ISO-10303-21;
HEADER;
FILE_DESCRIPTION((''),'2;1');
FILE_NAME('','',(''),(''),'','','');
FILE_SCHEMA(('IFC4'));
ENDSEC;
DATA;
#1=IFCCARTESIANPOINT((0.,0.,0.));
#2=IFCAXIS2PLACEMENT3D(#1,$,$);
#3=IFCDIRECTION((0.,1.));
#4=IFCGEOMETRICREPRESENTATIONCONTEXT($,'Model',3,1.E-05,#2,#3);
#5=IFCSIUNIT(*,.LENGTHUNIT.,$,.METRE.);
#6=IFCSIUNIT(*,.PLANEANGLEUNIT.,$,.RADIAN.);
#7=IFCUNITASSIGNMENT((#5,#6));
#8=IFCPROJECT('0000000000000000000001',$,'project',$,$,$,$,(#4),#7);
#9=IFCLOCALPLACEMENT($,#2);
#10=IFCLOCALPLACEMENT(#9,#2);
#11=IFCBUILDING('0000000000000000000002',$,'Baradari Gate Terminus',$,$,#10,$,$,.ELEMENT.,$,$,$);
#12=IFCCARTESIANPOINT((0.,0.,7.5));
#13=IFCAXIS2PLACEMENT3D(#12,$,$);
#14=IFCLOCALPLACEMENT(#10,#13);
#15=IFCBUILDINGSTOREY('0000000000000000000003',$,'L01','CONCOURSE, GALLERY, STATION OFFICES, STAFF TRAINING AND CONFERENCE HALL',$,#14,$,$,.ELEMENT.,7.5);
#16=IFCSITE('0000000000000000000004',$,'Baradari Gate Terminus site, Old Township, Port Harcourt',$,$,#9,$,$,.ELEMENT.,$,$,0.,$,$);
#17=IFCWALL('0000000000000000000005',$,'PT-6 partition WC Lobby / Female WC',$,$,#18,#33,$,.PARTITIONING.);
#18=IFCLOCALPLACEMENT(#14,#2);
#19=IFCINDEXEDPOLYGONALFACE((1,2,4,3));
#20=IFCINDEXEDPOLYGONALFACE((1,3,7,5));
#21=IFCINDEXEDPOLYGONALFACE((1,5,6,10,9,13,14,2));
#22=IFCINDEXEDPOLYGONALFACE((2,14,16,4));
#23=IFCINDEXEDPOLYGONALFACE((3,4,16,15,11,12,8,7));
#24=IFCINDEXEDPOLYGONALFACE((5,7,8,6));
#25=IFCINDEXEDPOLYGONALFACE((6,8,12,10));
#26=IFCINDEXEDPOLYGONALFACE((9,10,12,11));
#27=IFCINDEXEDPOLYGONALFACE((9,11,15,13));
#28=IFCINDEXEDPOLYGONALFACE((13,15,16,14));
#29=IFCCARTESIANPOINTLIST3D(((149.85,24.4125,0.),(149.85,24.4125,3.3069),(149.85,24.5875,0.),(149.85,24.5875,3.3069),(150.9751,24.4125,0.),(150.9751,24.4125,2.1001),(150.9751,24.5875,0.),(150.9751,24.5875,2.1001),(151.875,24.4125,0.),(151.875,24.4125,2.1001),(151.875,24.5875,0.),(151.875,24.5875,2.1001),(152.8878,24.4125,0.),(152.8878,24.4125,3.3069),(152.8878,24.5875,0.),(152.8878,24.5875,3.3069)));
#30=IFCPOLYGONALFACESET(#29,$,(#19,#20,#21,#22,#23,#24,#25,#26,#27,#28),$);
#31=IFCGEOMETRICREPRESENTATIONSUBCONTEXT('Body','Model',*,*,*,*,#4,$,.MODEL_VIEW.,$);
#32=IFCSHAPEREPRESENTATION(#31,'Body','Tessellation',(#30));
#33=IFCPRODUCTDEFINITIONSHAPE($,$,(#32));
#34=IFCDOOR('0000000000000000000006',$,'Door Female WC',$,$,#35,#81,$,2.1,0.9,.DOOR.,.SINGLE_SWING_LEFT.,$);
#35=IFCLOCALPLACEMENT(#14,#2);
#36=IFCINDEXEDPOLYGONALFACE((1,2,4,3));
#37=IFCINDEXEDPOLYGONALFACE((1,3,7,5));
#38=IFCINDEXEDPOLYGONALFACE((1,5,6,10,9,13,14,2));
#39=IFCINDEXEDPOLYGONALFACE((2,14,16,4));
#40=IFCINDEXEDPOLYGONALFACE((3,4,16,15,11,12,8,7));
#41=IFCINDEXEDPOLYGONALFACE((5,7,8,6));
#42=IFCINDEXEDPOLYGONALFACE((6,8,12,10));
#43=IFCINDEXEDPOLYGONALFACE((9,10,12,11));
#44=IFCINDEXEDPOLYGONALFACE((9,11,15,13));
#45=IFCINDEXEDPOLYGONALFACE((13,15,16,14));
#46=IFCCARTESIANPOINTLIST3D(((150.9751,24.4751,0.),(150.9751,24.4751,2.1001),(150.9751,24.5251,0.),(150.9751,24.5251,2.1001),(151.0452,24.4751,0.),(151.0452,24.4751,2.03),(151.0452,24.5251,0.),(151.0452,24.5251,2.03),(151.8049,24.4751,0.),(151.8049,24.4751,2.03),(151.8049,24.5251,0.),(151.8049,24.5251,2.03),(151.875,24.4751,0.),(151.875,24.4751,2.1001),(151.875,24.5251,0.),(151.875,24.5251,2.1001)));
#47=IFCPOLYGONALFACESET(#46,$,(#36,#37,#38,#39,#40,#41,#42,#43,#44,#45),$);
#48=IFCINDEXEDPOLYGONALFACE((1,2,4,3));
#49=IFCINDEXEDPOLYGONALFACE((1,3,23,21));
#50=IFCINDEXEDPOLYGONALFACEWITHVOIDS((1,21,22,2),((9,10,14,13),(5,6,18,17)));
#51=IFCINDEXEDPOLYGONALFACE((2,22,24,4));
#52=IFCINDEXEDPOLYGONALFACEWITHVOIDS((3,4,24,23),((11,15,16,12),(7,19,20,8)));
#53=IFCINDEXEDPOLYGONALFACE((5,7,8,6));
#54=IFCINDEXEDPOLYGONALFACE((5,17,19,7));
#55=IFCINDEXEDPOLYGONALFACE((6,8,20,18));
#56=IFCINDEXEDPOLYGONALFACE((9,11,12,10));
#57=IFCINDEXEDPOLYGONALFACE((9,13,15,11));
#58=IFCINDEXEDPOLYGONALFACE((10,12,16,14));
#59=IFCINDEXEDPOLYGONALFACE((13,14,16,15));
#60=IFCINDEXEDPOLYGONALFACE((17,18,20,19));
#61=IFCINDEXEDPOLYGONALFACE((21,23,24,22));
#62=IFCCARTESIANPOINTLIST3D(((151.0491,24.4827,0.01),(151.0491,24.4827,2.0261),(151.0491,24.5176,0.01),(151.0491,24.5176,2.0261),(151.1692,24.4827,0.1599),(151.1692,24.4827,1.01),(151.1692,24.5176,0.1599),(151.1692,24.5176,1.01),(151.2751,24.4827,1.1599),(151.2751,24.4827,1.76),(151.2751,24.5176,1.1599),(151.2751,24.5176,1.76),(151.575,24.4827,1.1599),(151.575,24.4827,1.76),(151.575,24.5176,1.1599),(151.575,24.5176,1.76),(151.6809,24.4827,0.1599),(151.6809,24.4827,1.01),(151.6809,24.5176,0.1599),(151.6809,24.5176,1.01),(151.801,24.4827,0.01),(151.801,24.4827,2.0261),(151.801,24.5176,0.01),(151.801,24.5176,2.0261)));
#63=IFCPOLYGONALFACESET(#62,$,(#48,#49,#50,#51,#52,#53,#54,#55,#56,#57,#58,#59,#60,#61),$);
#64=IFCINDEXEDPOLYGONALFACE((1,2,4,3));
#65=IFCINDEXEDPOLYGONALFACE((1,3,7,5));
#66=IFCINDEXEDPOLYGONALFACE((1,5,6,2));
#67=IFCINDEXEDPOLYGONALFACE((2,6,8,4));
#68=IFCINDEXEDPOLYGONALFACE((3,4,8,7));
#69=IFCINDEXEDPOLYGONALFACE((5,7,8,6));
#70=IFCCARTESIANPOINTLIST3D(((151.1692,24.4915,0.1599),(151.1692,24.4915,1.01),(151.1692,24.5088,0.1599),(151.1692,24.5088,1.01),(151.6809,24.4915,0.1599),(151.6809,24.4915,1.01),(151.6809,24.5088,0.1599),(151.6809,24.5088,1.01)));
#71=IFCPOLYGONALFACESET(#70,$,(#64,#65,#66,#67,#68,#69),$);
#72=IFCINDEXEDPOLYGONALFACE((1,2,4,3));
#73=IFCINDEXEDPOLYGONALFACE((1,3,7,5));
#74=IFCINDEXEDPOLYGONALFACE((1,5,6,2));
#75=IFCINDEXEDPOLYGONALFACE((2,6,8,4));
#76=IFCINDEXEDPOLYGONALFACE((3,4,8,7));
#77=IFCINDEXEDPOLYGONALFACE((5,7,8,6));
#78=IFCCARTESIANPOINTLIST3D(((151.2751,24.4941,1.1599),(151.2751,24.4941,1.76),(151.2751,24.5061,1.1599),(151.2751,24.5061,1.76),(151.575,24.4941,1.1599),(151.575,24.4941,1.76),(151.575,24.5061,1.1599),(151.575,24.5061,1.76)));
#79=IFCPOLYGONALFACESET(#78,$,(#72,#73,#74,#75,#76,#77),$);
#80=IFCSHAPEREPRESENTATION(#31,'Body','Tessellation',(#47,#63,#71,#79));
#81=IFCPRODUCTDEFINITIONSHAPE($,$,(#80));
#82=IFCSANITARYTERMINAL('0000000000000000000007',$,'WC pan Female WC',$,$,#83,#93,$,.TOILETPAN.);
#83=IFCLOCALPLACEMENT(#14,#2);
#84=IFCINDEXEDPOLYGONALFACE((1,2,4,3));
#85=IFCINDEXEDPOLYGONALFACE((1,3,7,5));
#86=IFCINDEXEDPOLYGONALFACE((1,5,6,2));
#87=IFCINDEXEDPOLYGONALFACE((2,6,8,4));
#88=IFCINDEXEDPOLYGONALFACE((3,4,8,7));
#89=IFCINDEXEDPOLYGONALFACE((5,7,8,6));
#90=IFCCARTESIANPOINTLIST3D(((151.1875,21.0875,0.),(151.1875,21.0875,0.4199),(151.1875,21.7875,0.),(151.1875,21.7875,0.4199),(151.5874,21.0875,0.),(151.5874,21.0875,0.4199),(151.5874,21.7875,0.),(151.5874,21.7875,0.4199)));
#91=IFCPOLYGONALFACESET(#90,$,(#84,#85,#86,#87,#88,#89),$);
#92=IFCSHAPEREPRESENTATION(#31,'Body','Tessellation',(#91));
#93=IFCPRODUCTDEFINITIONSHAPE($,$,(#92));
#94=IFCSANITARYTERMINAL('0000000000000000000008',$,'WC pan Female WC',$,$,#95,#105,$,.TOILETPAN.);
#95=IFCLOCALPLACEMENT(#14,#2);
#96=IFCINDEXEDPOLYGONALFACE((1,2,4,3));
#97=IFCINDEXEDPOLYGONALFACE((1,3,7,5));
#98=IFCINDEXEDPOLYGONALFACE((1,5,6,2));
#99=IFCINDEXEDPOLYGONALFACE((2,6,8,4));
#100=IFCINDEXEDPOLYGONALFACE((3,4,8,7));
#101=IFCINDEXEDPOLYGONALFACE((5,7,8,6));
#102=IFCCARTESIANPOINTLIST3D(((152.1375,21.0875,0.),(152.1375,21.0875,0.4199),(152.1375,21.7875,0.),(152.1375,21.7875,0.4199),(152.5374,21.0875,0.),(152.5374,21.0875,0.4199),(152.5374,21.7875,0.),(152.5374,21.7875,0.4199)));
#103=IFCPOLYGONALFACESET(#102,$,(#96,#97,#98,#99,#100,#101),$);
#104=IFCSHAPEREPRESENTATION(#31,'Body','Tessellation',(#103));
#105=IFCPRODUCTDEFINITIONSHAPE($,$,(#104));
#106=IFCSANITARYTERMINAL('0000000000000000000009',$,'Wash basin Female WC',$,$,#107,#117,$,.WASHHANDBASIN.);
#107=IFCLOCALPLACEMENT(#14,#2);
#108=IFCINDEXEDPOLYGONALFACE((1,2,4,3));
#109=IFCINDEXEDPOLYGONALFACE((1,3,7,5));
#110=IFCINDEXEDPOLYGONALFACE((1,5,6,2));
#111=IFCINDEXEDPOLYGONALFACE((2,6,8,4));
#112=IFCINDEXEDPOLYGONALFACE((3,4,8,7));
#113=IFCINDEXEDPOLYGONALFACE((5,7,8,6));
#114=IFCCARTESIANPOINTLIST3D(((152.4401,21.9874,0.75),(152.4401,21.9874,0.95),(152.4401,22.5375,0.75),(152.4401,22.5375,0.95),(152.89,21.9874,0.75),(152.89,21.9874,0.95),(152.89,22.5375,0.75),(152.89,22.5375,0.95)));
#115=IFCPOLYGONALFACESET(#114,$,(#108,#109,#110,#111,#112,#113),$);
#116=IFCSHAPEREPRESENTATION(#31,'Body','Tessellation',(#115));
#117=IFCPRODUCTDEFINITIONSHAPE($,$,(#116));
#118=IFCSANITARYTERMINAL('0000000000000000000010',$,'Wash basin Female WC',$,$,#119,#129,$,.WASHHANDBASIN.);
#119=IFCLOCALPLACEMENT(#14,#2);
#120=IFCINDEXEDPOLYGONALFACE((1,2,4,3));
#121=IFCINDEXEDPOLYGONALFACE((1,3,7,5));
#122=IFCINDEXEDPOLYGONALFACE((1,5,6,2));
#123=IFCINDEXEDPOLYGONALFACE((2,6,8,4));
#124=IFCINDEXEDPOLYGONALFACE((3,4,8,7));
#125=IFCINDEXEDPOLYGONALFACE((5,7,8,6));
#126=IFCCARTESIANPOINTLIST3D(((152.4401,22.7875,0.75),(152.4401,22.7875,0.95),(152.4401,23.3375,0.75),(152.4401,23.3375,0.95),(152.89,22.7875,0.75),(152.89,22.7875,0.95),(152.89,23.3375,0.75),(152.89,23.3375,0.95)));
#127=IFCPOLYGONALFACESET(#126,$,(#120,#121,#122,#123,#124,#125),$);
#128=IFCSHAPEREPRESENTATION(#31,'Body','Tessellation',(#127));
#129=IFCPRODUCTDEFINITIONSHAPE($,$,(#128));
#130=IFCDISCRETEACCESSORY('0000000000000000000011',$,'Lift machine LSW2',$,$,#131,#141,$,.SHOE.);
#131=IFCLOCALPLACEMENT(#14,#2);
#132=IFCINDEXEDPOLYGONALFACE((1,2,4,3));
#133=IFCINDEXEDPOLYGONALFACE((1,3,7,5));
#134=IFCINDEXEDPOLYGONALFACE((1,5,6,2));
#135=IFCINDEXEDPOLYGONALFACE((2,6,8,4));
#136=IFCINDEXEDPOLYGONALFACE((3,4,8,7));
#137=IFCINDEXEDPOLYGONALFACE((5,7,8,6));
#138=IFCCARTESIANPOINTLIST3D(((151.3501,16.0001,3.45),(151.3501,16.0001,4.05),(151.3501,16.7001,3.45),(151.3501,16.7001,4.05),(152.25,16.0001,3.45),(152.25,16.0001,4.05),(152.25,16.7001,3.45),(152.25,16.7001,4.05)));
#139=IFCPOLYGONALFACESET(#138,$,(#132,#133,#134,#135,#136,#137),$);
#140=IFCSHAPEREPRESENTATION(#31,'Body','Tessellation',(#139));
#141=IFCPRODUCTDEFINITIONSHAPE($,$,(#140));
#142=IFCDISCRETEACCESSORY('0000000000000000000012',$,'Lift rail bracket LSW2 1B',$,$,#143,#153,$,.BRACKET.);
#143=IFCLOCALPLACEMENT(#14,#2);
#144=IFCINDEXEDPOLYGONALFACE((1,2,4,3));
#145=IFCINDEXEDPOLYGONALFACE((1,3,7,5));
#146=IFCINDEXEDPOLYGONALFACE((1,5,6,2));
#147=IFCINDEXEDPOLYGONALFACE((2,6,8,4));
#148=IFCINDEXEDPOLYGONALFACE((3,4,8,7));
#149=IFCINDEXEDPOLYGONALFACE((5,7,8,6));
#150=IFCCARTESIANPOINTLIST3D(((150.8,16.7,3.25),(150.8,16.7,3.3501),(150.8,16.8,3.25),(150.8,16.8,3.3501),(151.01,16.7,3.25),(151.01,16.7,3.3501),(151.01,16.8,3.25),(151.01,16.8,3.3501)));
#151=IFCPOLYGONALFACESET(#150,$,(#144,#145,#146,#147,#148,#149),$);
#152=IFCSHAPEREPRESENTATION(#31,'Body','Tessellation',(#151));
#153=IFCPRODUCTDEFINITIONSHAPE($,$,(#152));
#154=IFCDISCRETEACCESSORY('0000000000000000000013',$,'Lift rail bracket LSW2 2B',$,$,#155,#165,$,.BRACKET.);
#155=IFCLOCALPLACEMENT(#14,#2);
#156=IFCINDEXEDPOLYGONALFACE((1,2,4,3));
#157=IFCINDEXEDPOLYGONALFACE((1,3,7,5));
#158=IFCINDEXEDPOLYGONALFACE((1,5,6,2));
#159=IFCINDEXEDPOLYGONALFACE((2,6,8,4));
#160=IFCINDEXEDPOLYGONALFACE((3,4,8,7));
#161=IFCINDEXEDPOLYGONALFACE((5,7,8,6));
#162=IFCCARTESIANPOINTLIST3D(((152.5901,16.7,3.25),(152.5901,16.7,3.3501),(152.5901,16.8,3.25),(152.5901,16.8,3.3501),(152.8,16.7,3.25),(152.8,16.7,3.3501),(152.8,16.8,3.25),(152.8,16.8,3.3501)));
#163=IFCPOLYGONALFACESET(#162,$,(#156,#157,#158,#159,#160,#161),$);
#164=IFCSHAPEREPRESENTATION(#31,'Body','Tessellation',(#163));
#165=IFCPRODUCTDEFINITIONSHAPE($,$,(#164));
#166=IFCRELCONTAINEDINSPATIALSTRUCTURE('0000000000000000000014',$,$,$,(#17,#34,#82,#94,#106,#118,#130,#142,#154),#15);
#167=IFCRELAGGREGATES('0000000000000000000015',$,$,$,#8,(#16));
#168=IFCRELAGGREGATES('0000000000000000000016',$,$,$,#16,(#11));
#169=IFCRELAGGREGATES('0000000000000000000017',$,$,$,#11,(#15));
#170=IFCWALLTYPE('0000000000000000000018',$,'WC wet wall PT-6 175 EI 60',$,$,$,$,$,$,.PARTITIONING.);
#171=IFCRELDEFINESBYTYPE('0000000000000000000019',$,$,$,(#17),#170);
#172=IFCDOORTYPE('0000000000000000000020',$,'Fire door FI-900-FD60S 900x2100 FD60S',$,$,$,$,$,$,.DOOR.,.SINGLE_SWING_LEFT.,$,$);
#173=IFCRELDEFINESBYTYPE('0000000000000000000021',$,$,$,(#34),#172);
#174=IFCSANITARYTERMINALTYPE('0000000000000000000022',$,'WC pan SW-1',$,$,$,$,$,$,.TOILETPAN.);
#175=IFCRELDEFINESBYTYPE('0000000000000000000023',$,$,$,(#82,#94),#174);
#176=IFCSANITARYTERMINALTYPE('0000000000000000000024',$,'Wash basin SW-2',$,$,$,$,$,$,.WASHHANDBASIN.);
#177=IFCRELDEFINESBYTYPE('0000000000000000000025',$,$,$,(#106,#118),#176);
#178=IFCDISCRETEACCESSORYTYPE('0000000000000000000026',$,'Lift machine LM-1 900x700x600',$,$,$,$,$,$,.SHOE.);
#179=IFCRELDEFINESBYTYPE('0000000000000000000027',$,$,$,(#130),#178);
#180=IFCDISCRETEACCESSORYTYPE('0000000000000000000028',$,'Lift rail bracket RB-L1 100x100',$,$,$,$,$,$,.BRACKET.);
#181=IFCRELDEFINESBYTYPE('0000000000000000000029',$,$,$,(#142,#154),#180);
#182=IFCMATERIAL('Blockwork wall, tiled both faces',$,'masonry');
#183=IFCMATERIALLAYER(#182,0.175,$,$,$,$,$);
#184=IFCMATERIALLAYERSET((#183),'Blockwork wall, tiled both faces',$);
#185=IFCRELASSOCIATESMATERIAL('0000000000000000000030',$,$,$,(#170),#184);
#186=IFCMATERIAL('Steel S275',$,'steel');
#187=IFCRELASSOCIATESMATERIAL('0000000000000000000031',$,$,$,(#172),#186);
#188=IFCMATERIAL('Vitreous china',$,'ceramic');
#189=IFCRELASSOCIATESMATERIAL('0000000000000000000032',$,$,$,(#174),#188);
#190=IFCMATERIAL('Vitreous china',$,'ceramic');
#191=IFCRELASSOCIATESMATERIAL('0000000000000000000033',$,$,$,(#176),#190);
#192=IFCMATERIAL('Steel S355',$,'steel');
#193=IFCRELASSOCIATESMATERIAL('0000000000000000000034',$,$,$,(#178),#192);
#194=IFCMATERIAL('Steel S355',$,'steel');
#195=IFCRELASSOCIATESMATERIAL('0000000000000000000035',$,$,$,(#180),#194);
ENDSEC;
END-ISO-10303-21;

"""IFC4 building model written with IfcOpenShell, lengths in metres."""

from ifc_helpers import new_model, si_unit, direction, frame, frame_2d, origin, origin_2d, place, context, subcontext, project, spatial, polyline, rectangle, outline, extrude, material, layer, layer_set, type_object, element, fill, save


model = new_model("IFC4")

# Units and contexts
model_context = context("Model", 3, precision=1e-05, world=origin(), true_north=direction((0.0, 1.0)))
body_context = subcontext(model_context, "Body", "Model", "MODEL_VIEW")
ifc_project = project(units=[si_unit("LENGTHUNIT", "METRE"), si_unit("PLANEANGLEUNIT", "RADIAN")], contexts=[model_context])

# Site, building, storey
site_placement = place(None, origin())
site = spatial("IfcSite", under=ifc_project, at=site_placement, Name="Baradari Gate Terminus site, Old Township, Port Harcourt", CompositionType="ELEMENT", RefElevation=0.0)
building_placement = place(site_placement, origin())
building = spatial("IfcBuilding", under=site, at=building_placement, Name="Baradari Gate Terminus", CompositionType="ELEMENT")
storey_placement = place(building_placement, frame((0.0, 0.0, 7.5)))
storey = spatial("IfcBuildingStorey", under=building, at=storey_placement, Name="L01", Description="CONCOURSE, GALLERY, STATION OFFICES, STAFF TRAINING AND CONFERENCE HALL", CompositionType="ELEMENT", Elevation=7.5)

# Wall, opening, door
ifc_material_1 = material(Name="Blockwork wall, tiled both faces", Category="masonry")
ifc_layer_1 = layer(ifc_material_1, 0.175)
ifc_layer_set_1 = layer_set([ifc_layer_1], Name="Blockwork wall, tiled both faces")
wall_type_1 = type_object("IfcWallType", Name="WC wet wall PT-6 175 EI 60", PredefinedType="PARTITIONING", material=ifc_layer_set_1)
wall_1_placement = place(storey_placement, frame((152.8879, 24.5, 0.0), z_axis=(0.0, 0.0, 1.0), x_axis=(-1.0, 0.0, 0.0)))
wall_1 = element("IfcWall", 1, at=wall_1_placement, inside=storey, type_object=wall_type_1, Name="PT-6 partition WC Lobby / Female WC", PredefinedType="PARTITIONING", context=body_context, shape_type="SweptSolid", body=[
    extrude(rectangle(XDim=3.0378, YDim=0.175, at=frame_2d((1.519, 0.0))), origin(), (0.0, 0.0, 1.0), 3.3069),
])
opening_1_placement = place(wall_1_placement, frame((1.0129, 0.0, 0.0)))
opening_1 = element("IfcOpeningElement", 2, at=opening_1_placement, cuts=wall_1, PredefinedType="OPENING", context=body_context, shape_type="SweptSolid", body=[
    extrude(rectangle(XDim=0.8999, YDim=2.1001, at=frame_2d((0.45, 1.05))), frame((0.0, 0.0974, 0.0), z_axis=(0.0, -1.0, 0.0), x_axis=(1.0, 0.0, 0.0)), (0.0, 0.0, 1.0), 0.1951),
])
ifc_material_2 = material(Name="Steel S275", Category="steel")
door_type_1 = type_object("IfcDoorType", Name="Fire door FI-900-FD60S 900x2100 FD60S", OperationType="SINGLE_SWING_LEFT", PredefinedType="DOOR", material=ifc_material_2)
door_1_placement = place(opening_1_placement, origin())
door_1 = element("IfcDoor", 3, at=door_1_placement, inside=storey, type_object=door_type_1, Name="Door Female WC", OperationType="SINGLE_SWING_LEFT", OverallHeight=2.1, OverallWidth=0.9, PredefinedType="DOOR", context=body_context, shape_type="SweptSolid", body=[
    extrude(outline(polyline([(0.0, 0.0), (0.0701, 0.0), (0.0701, 2.03), (0.8298, 2.03), (0.8298, 0.0), (0.8999, 0.0), (0.8999, 2.1001), (0.0, 2.1001), (0.0, 0.0)])), frame((0.0, 0.0249, 0.0), z_axis=(0.0, -1.0, 0.0), x_axis=(1.0, 0.0, 0.0)), (0.0, 0.0, 1.0), 0.05),
    extrude(outline(polyline([(0.074, 0.01), (0.8259, 0.01), (0.8259, 2.0261), (0.074, 2.0261), (0.074, 0.01)]), holes=[polyline([(0.1941, 0.1599), (0.7058, 0.1599), (0.7058, 1.01), (0.1941, 1.01), (0.1941, 0.1599)]), polyline([(0.3, 1.1599), (0.5999, 1.1599), (0.5999, 1.76), (0.3, 1.76), (0.3, 1.1599)])]), frame((0.0, 0.0173, 0.0), z_axis=(0.0, -1.0, 0.0), x_axis=(1.0, 0.0, 0.0)), (0.0, 0.0, 1.0), 0.0349),
    extrude(rectangle(XDim=0.5117, YDim=0.8501, at=frame_2d((0.45, 0.585))), frame((0.0, 0.0085, 0.0), z_axis=(0.0, -1.0, 0.0), x_axis=(1.0, 0.0, 0.0)), (0.0, 0.0, 1.0), 0.0173),
    extrude(rectangle(XDim=0.2998, YDim=0.6001, at=frame_2d((0.45, 1.46))), frame((0.0, 0.0059, 0.0), z_axis=(0.0, -1.0, 0.0), x_axis=(1.0, 0.0, 0.0)), (0.0, 0.0, 1.0), 0.012),
])
fill(opening_1, door_1)

# Sanitary terminals
ifc_material_3 = material(Name="Vitreous china", Category="ceramic")
sanitary_terminal_type_1 = type_object("IfcSanitaryTerminalType", Name="WC pan SW-1", PredefinedType="TOILETPAN", material=ifc_material_3)
for number, where, z_axis, x_axis, name in (
    (4, (151.3875, 21.4375, 0.0), (0.0, 0.0, 1.0), (1.0, 0.0, 0.0), "WC pan Female WC"),
    (5, (152.3374, 21.4375, 0.0), (0.0, 0.0, 1.0), (1.0, 0.0, 0.0), "WC pan Female WC"),
):
    element("IfcSanitaryTerminal", number, at=place(storey_placement, frame(where, z_axis=z_axis, x_axis=x_axis)), inside=storey, type_object=sanitary_terminal_type_1, Name=name, PredefinedType="TOILETPAN", context=body_context, shape_type="SweptSolid", body=[
        extrude(rectangle(XDim=0.3999, YDim=0.7, at=origin_2d()), origin(), (0.0, 0.0, 1.0), 0.4199),
    ])
ifc_material_4 = material(Name="Vitreous china", Category="ceramic")
sanitary_terminal_type_2 = type_object("IfcSanitaryTerminalType", Name="Wash basin SW-2", PredefinedType="WASHHANDBASIN", material=ifc_material_4)
for number, where, z_axis, x_axis, name in (
    (6, (152.665, 22.2625, 0.75), (0.0, 0.0, 1.0), (1.0, 0.0, 0.0), "Wash basin Female WC"),
    (7, (152.665, 23.0625, 0.75), (0.0, 0.0, 1.0), (1.0, 0.0, 0.0), "Wash basin Female WC"),
):
    element("IfcSanitaryTerminal", number, at=place(storey_placement, frame(where, z_axis=z_axis, x_axis=x_axis)), inside=storey, type_object=sanitary_terminal_type_2, Name=name, PredefinedType="WASHHANDBASIN", context=body_context, shape_type="SweptSolid", body=[
        extrude(rectangle(XDim=0.45, YDim=0.55, at=origin_2d()), origin(), (0.0, 0.0, 1.0), 0.2),
    ])

# Discrete accessories
ifc_material_5 = material(Name="Steel S355", Category="steel")
discrete_accessory_type_1 = type_object("IfcDiscreteAccessoryType", Name="Lift machine LM-1 900x700x600", PredefinedType="SHOE", material=ifc_material_5)
discrete_accessory_placement = place(storey_placement, frame((151.8, 16.3501, 3.45), z_axis=(0.0, 0.0, 1.0), x_axis=(1.0, 0.0, 0.0)))
element("IfcDiscreteAccessory", 8, at=discrete_accessory_placement, inside=storey, type_object=discrete_accessory_type_1, Name="Lift machine LSW2", PredefinedType="SHOE", context=body_context, shape_type="SweptSolid", body=[
    extrude(rectangle(XDim=0.8999, YDim=0.7, at=origin_2d()), origin(), (0.0, 0.0, 1.0), 0.6001),
])
ifc_material_6 = material(Name="Steel S355", Category="steel")
discrete_accessory_type_2 = type_object("IfcDiscreteAccessoryType", Name="Lift rail bracket RB-L1 100x100", PredefinedType="BRACKET", material=ifc_material_6)
for number, where, z_axis, x_axis, name in (
    (9, (150.905, 16.75, 3.25), (0.0, 0.0, 1.0), (1.0, 0.0, 0.0), "Lift rail bracket LSW2 1B"),
    (10, (152.6951, 16.75, 3.25), (0.0, 0.0, 1.0), (1.0, 0.0, 0.0), "Lift rail bracket LSW2 2B"),
):
    element("IfcDiscreteAccessory", number, at=place(storey_placement, frame(where, z_axis=z_axis, x_axis=x_axis)), inside=storey, type_object=discrete_accessory_type_2, Name=name, PredefinedType="BRACKET", context=body_context, shape_type="SweptSolid", body=[
        extrude(rectangle(XDim=0.21, YDim=0.1001, at=origin_2d()), origin(), (0.0, 0.0, 1.0), 0.1001),
    ])

save(model, "model.ifc")
